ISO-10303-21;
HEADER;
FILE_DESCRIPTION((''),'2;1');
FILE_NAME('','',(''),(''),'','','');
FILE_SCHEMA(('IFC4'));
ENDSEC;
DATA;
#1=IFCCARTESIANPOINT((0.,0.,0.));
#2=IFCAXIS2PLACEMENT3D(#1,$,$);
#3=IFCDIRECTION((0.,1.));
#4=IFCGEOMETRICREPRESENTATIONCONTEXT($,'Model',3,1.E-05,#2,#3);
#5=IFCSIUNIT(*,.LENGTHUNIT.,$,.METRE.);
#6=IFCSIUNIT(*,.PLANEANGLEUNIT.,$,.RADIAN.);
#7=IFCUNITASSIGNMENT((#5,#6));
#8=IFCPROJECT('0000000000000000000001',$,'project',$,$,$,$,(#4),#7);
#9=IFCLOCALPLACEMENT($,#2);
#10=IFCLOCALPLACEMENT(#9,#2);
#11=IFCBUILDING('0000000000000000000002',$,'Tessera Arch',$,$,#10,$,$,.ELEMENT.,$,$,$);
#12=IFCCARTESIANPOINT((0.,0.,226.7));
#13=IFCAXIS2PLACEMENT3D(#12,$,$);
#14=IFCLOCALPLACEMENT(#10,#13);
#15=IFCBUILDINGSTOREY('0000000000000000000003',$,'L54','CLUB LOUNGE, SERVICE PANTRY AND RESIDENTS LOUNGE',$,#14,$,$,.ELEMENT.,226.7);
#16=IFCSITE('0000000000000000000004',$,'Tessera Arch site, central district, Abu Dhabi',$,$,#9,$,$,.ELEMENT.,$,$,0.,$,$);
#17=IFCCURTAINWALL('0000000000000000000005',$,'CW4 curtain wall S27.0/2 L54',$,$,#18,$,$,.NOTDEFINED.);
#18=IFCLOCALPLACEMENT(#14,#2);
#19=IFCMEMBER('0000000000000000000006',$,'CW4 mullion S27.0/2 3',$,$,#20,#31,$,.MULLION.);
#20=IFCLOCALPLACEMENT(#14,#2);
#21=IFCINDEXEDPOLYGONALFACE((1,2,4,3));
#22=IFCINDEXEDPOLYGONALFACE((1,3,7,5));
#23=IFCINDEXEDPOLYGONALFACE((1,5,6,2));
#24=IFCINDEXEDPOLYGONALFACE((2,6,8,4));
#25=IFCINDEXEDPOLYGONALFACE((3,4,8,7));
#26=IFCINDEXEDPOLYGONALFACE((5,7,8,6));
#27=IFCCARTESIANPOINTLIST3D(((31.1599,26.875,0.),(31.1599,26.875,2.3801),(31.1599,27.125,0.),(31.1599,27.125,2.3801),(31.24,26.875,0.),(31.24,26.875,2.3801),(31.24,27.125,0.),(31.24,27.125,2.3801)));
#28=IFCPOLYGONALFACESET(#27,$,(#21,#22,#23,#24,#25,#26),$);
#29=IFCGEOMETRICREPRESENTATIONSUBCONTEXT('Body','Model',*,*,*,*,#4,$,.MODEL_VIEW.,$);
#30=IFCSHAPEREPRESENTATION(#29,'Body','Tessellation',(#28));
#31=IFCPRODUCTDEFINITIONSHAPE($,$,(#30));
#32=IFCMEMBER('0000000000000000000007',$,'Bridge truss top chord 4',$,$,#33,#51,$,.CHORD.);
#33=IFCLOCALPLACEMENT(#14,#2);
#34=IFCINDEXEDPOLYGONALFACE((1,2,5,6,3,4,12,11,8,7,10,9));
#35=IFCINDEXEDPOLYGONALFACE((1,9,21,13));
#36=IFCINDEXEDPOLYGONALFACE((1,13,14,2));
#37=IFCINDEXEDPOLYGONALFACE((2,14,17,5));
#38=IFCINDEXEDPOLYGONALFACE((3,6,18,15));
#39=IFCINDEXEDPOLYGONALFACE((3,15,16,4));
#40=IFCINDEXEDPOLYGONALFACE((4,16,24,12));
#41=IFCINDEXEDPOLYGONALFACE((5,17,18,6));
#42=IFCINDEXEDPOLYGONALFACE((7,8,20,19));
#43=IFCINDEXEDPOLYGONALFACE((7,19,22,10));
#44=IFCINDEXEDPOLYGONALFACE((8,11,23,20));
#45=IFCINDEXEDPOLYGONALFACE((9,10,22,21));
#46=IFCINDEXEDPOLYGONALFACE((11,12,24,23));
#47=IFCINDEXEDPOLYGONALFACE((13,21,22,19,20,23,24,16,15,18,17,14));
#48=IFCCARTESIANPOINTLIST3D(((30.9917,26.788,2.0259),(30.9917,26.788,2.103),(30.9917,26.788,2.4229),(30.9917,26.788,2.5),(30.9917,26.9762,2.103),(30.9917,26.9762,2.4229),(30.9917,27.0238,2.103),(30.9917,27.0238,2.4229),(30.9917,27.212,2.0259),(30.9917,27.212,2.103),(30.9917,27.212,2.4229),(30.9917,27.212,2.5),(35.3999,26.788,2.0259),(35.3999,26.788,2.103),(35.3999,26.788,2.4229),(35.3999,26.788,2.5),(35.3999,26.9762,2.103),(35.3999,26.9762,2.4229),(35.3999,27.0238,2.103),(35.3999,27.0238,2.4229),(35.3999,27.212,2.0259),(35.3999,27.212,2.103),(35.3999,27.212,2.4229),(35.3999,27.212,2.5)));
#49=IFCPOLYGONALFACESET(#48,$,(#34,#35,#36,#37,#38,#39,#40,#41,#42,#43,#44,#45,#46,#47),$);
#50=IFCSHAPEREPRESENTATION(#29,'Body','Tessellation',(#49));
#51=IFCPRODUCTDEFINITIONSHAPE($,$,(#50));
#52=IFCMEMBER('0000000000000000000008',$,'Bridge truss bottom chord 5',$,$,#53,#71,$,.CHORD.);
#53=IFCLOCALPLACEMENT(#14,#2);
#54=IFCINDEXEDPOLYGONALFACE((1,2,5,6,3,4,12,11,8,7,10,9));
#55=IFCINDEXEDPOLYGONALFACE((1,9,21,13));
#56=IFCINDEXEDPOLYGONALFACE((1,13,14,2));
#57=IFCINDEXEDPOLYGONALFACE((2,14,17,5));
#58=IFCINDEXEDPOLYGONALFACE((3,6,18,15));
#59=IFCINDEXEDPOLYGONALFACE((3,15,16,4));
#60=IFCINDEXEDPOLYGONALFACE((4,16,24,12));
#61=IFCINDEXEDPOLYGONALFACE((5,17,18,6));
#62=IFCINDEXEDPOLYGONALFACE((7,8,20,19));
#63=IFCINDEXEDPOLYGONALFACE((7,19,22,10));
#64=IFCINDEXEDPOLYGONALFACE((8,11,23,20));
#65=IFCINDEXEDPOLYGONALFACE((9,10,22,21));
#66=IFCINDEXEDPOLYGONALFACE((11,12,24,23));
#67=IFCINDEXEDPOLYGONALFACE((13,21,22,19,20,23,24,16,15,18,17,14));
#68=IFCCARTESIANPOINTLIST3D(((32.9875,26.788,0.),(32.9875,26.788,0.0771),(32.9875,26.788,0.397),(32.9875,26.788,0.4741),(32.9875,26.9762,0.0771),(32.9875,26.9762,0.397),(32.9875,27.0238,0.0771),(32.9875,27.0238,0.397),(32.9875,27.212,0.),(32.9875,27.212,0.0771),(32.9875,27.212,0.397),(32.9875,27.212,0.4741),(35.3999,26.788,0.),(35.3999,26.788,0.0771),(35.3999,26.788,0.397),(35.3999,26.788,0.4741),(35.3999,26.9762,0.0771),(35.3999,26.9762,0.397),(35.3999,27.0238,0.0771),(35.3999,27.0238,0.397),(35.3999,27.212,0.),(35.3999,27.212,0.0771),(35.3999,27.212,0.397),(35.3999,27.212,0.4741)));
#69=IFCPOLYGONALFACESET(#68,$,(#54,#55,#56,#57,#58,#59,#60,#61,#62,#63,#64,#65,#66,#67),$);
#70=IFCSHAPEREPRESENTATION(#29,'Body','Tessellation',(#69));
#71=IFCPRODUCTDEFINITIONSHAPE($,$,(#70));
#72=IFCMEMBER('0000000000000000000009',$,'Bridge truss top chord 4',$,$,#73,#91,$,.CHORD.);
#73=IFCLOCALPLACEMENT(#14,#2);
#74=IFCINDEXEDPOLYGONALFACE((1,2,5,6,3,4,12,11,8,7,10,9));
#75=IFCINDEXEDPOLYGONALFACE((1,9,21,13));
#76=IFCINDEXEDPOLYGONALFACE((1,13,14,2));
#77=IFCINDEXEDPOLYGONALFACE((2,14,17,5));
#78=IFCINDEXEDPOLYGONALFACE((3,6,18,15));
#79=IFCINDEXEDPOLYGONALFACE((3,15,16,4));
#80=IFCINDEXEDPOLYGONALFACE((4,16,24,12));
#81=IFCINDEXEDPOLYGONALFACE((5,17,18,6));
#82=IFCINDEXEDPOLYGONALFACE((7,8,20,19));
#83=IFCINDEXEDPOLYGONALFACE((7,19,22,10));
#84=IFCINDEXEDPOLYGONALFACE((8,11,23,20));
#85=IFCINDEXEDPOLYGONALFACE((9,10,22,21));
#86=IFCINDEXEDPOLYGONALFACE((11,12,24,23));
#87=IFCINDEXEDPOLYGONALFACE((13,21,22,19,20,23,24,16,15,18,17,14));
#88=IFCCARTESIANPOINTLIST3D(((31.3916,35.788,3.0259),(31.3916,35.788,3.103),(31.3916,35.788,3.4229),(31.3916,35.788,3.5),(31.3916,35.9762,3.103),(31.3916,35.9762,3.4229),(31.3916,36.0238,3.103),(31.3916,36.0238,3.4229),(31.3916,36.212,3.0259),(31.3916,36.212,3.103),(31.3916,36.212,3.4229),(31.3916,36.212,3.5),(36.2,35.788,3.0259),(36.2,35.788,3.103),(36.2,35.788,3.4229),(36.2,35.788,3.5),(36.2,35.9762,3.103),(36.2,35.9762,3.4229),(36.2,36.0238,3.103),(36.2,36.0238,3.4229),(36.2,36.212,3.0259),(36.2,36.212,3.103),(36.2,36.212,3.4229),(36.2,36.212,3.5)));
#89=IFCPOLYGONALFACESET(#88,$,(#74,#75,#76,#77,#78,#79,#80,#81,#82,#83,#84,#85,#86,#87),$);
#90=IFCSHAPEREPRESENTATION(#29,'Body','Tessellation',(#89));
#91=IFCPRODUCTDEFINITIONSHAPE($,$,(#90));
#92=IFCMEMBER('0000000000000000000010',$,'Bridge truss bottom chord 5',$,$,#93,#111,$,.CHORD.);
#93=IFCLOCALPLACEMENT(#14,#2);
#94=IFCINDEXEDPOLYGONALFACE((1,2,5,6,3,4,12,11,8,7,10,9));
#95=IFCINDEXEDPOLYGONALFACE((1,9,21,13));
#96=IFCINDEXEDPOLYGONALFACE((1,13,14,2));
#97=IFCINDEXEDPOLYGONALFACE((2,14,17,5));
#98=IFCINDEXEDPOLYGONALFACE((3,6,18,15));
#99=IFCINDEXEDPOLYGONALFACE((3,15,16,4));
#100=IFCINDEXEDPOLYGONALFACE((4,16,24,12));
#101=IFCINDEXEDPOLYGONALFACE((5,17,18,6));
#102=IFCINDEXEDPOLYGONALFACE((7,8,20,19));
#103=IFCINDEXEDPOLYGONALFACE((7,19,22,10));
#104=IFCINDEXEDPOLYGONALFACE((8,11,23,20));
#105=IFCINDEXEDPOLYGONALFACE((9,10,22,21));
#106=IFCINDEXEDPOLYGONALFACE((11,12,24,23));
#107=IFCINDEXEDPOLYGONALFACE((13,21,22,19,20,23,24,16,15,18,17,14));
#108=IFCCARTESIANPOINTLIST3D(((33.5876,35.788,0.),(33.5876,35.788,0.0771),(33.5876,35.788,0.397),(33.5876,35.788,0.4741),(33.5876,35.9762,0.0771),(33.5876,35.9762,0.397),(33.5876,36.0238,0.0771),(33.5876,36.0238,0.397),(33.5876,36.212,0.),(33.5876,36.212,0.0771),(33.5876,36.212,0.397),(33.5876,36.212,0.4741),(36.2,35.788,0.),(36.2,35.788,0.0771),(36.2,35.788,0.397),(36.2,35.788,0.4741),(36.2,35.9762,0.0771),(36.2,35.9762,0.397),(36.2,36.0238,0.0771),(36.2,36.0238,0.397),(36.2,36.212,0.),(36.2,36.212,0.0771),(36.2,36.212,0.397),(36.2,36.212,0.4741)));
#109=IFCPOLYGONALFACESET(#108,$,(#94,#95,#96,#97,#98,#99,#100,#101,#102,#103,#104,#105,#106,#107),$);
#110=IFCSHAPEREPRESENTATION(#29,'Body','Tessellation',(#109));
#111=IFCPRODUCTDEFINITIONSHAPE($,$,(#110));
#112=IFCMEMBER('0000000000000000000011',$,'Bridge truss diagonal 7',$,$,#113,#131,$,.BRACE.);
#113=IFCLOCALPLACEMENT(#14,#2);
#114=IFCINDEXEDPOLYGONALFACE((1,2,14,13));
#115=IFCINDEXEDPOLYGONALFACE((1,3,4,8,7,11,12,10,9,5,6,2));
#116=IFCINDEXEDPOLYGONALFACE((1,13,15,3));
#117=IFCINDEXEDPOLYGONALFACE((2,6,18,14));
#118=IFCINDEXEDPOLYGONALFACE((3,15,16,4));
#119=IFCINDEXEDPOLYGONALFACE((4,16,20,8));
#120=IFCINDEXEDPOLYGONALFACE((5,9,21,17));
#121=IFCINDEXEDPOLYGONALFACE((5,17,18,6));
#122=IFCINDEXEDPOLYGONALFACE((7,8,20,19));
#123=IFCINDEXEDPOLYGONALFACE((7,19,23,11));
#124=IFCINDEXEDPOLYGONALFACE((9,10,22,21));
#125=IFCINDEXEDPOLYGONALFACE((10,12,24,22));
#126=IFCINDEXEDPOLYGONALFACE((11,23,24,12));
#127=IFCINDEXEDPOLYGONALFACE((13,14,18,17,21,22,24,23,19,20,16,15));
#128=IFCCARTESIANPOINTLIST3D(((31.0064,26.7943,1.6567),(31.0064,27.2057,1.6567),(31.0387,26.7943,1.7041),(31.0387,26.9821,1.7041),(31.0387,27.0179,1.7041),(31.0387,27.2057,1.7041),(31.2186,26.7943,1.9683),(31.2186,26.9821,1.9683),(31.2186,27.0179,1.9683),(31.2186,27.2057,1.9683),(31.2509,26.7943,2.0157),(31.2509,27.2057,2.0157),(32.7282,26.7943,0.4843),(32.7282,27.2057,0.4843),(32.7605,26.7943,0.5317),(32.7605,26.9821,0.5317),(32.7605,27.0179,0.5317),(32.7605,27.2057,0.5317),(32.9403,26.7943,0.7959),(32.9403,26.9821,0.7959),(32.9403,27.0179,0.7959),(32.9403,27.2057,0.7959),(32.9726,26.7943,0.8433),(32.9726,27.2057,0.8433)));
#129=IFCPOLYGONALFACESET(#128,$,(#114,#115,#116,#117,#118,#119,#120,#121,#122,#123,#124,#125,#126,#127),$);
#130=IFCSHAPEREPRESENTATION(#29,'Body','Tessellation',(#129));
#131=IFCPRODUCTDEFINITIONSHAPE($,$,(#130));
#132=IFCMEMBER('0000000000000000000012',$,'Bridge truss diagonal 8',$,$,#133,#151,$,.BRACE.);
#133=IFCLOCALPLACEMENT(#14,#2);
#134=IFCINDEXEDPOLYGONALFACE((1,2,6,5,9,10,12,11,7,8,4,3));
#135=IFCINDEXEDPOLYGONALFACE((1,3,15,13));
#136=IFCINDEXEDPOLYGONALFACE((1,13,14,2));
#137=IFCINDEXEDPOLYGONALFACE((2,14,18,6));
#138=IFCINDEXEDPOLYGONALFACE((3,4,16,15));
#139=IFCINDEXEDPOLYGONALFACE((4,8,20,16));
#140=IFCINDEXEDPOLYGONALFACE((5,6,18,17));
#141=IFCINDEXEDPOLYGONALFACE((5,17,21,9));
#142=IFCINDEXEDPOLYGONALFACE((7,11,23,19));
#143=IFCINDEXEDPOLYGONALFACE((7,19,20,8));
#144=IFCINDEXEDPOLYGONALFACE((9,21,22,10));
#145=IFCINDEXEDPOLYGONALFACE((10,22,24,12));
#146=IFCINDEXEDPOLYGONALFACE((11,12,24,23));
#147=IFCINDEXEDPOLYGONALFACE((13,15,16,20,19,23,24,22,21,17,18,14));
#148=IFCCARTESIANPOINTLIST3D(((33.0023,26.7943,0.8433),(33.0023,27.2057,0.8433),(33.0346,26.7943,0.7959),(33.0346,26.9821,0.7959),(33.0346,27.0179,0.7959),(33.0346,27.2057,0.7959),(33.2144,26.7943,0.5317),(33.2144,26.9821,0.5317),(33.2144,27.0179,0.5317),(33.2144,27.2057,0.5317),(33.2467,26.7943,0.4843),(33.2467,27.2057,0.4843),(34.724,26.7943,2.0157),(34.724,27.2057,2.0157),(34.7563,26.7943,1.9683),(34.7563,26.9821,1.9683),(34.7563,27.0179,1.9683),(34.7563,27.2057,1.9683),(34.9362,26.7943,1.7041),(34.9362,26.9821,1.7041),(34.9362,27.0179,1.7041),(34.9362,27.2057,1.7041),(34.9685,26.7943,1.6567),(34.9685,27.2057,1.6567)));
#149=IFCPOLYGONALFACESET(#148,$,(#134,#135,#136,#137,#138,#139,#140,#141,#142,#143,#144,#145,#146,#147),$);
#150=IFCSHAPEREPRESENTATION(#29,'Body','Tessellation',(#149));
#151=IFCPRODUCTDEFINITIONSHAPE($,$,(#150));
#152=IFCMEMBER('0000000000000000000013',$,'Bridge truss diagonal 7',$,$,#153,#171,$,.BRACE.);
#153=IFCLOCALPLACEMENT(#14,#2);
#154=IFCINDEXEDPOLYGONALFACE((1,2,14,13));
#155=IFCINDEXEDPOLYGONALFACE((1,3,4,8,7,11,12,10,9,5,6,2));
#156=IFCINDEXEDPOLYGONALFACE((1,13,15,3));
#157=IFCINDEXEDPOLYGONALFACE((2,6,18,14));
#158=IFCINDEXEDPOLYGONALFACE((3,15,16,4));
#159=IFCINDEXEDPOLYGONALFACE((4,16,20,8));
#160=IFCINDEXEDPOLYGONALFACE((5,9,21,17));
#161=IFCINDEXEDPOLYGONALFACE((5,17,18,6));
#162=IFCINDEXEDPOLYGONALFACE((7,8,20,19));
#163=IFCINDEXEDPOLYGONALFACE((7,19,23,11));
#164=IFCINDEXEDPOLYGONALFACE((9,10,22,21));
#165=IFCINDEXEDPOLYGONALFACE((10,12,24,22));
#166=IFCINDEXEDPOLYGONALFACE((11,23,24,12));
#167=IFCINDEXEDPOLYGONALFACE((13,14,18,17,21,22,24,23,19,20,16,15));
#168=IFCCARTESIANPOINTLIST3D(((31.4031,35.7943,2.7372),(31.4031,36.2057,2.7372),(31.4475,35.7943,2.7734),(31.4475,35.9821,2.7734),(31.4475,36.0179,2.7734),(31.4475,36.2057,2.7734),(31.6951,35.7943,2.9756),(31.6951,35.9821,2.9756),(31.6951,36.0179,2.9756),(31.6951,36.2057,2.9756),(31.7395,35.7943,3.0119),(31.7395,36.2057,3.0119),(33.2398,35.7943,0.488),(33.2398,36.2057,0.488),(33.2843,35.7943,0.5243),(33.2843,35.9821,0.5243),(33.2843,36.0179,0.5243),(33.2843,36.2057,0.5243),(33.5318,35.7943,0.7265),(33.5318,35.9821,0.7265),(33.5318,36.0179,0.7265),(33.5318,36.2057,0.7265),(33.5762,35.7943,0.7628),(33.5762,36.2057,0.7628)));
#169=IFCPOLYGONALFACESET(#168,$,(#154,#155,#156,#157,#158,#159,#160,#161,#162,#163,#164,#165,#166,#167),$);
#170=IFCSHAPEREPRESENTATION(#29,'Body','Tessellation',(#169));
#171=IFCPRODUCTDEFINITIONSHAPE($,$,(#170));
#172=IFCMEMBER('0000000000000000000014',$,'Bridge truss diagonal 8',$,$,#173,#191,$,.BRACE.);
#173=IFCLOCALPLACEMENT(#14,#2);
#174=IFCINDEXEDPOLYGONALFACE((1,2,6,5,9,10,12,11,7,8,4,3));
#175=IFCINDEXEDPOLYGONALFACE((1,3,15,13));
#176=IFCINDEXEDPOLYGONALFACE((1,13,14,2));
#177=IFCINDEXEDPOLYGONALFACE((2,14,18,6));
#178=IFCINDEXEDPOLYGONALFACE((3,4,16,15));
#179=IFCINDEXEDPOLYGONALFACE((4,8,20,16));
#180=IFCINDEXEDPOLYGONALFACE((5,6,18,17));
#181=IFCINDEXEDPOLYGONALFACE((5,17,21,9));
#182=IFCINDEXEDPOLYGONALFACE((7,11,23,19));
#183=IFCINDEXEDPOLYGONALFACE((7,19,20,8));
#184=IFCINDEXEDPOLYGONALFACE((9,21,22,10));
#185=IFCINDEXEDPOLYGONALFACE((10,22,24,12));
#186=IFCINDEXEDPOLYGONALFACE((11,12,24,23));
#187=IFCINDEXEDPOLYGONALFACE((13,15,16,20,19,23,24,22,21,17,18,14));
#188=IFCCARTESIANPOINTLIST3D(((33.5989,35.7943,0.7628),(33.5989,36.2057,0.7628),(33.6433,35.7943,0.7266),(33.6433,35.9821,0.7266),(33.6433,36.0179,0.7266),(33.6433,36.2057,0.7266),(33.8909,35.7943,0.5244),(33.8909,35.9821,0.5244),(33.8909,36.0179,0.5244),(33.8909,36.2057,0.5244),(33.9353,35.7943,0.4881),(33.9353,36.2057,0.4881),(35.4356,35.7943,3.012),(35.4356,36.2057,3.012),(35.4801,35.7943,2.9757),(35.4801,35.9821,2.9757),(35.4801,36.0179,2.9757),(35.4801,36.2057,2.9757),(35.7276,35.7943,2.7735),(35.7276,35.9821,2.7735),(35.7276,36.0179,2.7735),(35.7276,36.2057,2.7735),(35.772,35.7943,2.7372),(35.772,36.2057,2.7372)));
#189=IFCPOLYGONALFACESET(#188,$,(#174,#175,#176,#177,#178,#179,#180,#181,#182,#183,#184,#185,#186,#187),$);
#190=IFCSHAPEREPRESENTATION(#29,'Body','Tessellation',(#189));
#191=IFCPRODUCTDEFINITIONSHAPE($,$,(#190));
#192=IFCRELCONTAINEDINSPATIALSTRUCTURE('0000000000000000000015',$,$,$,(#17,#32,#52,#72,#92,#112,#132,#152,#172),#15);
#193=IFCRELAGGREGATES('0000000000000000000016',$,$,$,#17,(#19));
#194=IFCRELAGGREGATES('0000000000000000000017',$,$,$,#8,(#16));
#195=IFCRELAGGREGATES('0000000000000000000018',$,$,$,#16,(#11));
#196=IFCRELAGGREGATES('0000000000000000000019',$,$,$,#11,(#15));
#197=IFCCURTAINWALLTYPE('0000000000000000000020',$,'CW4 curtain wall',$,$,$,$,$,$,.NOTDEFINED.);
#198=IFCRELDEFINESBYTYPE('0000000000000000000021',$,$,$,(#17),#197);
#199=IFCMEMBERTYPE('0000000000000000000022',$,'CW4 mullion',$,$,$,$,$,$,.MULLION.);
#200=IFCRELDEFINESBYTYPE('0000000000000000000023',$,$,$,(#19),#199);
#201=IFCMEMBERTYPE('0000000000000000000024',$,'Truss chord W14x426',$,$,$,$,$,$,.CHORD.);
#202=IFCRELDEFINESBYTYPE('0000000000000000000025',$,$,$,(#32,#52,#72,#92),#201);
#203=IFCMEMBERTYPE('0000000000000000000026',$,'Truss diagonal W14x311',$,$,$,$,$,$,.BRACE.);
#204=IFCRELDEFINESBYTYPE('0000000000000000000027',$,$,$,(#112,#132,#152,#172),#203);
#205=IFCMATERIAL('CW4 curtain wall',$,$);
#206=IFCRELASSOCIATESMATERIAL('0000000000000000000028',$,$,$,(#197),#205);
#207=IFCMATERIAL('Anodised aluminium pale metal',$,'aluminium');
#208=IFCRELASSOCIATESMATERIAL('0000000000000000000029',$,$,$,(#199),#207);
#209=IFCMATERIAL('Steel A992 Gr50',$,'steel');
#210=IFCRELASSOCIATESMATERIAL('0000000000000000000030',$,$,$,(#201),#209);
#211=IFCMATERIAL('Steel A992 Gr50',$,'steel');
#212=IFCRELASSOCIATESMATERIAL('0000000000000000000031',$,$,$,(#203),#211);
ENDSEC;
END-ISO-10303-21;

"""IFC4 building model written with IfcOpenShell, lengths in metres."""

from ifc_helpers import new_model, si_unit, direction, frame, origin, origin_2d, place, context, subcontext, project, spatial, rectangle, i_section, extrude, material, material_profile, profile_set, type_object, element, aggregate, save


model = new_model("IFC4")

# Units and contexts
model_context = context("Model", 3, precision=1e-05, world=origin(), true_north=direction((0.0, 1.0)))
body_context = subcontext(model_context, "Body", "Model", "MODEL_VIEW")
ifc_project = project(units=[si_unit("LENGTHUNIT", "METRE"), si_unit("PLANEANGLEUNIT", "RADIAN")], contexts=[model_context])

# Site, building, storey
site_placement = place(None, origin())
site = spatial("IfcSite", under=ifc_project, at=site_placement, Name="Tessera Arch site, central district, Abu Dhabi", CompositionType="ELEMENT", RefElevation=0.0)
building_placement = place(site_placement, origin())
building = spatial("IfcBuilding", under=site, at=building_placement, Name="Tessera Arch", CompositionType="ELEMENT")
storey_placement = place(building_placement, frame((0.0, 0.0, 226.7)))
storey = spatial("IfcBuildingStorey", under=building, at=storey_placement, Name="L54", Description="CLUB LOUNGE, SERVICE PANTRY AND RESIDENTS LOUNGE", CompositionType="ELEMENT", Elevation=226.7)

# Curtain wall, member
ifc_material_1 = material(Name="CW4 curtain wall")
curtain_wall_type = type_object("IfcCurtainWallType", Name="CW4 curtain wall", PredefinedType="NOTDEFINED", material=ifc_material_1)
curtain_wall_placement = place(storey_placement, origin())
curtain_wall = element("IfcCurtainWall", 1, at=curtain_wall_placement, inside=storey, type_object=curtain_wall_type, Name="CW4 curtain wall S27.0/2 L54", PredefinedType="NOTDEFINED")
ifc_material_2 = material(Name="Anodised aluminium pale metal", Category="aluminium")
ifc_material_profile_1 = material_profile(ifc_material_2, rectangle(XDim=0.25, YDim=0.0801, at=origin_2d()), Name="AL 80x250")
ifc_profile_set_1 = profile_set([ifc_material_profile_1], Name="Anodised aluminium pale metal")
member_type_1 = type_object("IfcMemberType", Name="CW4 mullion", PredefinedType="MULLION", material=ifc_profile_set_1)
member_1_placement = place(storey_placement, frame((31.2, 27.0, 0.0), z_axis=(0.0, 0.0, 1.0), x_axis=(0.0, 1.0, 0.0)))
member_1 = element("IfcMember", 2, at=member_1_placement, type_object=member_type_1, Name="CW4 mullion S27.0/2 3", PredefinedType="MULLION", context=body_context, shape_type="SweptSolid", body=[
    extrude(rectangle(XDim=0.25, YDim=0.0801, at=origin_2d()), origin(), (0.0, 0.0, 1.0), 2.3801),
])

# Members
ifc_material_3 = material(Name="Steel A992 Gr50", Category="steel")
ifc_material_profile_2 = material_profile(ifc_material_3, i_section(OverallWidth=0.4241, OverallDepth=0.4741, WebThickness=0.0476, FlangeThickness=0.0771, at=origin_2d()), Name="W14x426")
ifc_profile_set_2 = profile_set([ifc_material_profile_2], Name="Steel A992 Gr50")
member_type_2 = type_object("IfcMemberType", Name="Truss chord W14x426", PredefinedType="CHORD", material=ifc_profile_set_2)
member_2_placement = place(storey_placement, frame((30.9917, 27.0, 2.2629), z_axis=(1.0, 0.0, 0.0), x_axis=(0.0, 1.0, 0.0)))
element("IfcMember", 3, at=member_2_placement, inside=storey, type_object=member_type_2, Name="Bridge truss top chord 4", PredefinedType="CHORD", context=body_context, shape_type="SweptSolid", body=[
    extrude(i_section(OverallWidth=0.4241, OverallDepth=0.4741, WebThickness=0.0476, FlangeThickness=0.0771, at=origin_2d()), origin(), (0.0, 0.0, 1.0), 4.4082),
])
member_3_placement = place(storey_placement, frame((32.9875, 27.0, 0.2371), z_axis=(1.0, 0.0, 0.0), x_axis=(0.0, 1.0, 0.0)))
element("IfcMember", 4, at=member_3_placement, inside=storey, type_object=member_type_2, Name="Bridge truss bottom chord 5", PredefinedType="CHORD", context=body_context, shape_type="SweptSolid", body=[
    extrude(i_section(OverallWidth=0.4241, OverallDepth=0.4741, WebThickness=0.0476, FlangeThickness=0.0771, at=origin_2d()), origin(), (0.0, 0.0, 1.0), 2.4124),
])
member_4_placement = place(storey_placement, frame((31.3916, 36.0, 3.2629), z_axis=(1.0, 0.0, 0.0), x_axis=(0.0, 1.0, 0.0)))
element("IfcMember", 5, at=member_4_placement, inside=storey, type_object=member_type_2, Name="Bridge truss top chord 4", PredefinedType="CHORD", context=body_context, shape_type="SweptSolid", body=[
    extrude(i_section(OverallWidth=0.4241, OverallDepth=0.4741, WebThickness=0.0476, FlangeThickness=0.0771, at=origin_2d()), origin(), (0.0, 0.0, 1.0), 4.8083),
])
member_5_placement = place(storey_placement, frame((33.5876, 36.0, 0.2371), z_axis=(1.0, 0.0, 0.0), x_axis=(0.0, 1.0, 0.0)))
element("IfcMember", 6, at=member_5_placement, inside=storey, type_object=member_type_2, Name="Bridge truss bottom chord 5", PredefinedType="CHORD", context=body_context, shape_type="SweptSolid", body=[
    extrude(i_section(OverallWidth=0.4241, OverallDepth=0.4741, WebThickness=0.0476, FlangeThickness=0.0771, at=origin_2d()), origin(), (0.0, 0.0, 1.0), 2.6123),
])
ifc_material_4 = material(Name="Steel A992 Gr50", Category="steel")
ifc_material_profile_3 = material_profile(ifc_material_4, i_section(OverallWidth=0.4114, OverallDepth=0.4343, WebThickness=0.0359, FlangeThickness=0.0574, at=origin_2d()), Name="W14x311")
ifc_profile_set_3 = profile_set([ifc_material_profile_3], Name="Steel A992 Gr50")
member_type_3 = type_object("IfcMemberType", Name="Truss diagonal W14x311", PredefinedType="BRACE", material=ifc_profile_set_3)
for number, where, z_axis, x_axis, name in (
    (7, (31.1287, 27.0, 1.8362), (0.826564, 0.0, -0.562842), (0.0, 1.0, 0.0), "Bridge truss diagonal 7"),
    (8, (33.1245, 27.0, 0.6638), (0.826564, 0.0, 0.562842), (0.0, 1.0, 0.0), "Bridge truss diagonal 8"),
):
    element("IfcMember", number, at=place(storey_placement, frame(where, z_axis=z_axis, x_axis=x_axis)), inside=storey, type_object=member_type_3, Name=name, PredefinedType="BRACE", context=body_context, shape_type="SweptSolid", body=[
        extrude(i_section(OverallWidth=0.4114, OverallDepth=0.4343, WebThickness=0.0359, FlangeThickness=0.0574, at=origin_2d()), origin(), (0.0, 0.0, 1.0), 2.083),
    ])
for number, where, z_axis, x_axis, name in (
    (9, (31.5713, 36.0, 2.8745), (0.632528, 0.0, -0.774538), (0.0, 1.0, 0.0), "Bridge truss diagonal 7"),
    (10, (33.7671, 36.0, 0.6255), (0.632528, 0.0, 0.774538), (0.0, 1.0, 0.0), "Bridge truss diagonal 8"),
):
    element("IfcMember", number, at=place(storey_placement, frame(where, z_axis=z_axis, x_axis=x_axis)), inside=storey, type_object=member_type_3, Name=name, PredefinedType="BRACE", context=body_context, shape_type="SweptSolid", body=[
        extrude(i_section(OverallWidth=0.4114, OverallDepth=0.4343, WebThickness=0.0359, FlangeThickness=0.0574, at=origin_2d()), origin(), (0.0, 0.0, 1.0), 2.9038),
    ])

aggregate(curtain_wall, [member_1])

save(model, "model.ifc")
